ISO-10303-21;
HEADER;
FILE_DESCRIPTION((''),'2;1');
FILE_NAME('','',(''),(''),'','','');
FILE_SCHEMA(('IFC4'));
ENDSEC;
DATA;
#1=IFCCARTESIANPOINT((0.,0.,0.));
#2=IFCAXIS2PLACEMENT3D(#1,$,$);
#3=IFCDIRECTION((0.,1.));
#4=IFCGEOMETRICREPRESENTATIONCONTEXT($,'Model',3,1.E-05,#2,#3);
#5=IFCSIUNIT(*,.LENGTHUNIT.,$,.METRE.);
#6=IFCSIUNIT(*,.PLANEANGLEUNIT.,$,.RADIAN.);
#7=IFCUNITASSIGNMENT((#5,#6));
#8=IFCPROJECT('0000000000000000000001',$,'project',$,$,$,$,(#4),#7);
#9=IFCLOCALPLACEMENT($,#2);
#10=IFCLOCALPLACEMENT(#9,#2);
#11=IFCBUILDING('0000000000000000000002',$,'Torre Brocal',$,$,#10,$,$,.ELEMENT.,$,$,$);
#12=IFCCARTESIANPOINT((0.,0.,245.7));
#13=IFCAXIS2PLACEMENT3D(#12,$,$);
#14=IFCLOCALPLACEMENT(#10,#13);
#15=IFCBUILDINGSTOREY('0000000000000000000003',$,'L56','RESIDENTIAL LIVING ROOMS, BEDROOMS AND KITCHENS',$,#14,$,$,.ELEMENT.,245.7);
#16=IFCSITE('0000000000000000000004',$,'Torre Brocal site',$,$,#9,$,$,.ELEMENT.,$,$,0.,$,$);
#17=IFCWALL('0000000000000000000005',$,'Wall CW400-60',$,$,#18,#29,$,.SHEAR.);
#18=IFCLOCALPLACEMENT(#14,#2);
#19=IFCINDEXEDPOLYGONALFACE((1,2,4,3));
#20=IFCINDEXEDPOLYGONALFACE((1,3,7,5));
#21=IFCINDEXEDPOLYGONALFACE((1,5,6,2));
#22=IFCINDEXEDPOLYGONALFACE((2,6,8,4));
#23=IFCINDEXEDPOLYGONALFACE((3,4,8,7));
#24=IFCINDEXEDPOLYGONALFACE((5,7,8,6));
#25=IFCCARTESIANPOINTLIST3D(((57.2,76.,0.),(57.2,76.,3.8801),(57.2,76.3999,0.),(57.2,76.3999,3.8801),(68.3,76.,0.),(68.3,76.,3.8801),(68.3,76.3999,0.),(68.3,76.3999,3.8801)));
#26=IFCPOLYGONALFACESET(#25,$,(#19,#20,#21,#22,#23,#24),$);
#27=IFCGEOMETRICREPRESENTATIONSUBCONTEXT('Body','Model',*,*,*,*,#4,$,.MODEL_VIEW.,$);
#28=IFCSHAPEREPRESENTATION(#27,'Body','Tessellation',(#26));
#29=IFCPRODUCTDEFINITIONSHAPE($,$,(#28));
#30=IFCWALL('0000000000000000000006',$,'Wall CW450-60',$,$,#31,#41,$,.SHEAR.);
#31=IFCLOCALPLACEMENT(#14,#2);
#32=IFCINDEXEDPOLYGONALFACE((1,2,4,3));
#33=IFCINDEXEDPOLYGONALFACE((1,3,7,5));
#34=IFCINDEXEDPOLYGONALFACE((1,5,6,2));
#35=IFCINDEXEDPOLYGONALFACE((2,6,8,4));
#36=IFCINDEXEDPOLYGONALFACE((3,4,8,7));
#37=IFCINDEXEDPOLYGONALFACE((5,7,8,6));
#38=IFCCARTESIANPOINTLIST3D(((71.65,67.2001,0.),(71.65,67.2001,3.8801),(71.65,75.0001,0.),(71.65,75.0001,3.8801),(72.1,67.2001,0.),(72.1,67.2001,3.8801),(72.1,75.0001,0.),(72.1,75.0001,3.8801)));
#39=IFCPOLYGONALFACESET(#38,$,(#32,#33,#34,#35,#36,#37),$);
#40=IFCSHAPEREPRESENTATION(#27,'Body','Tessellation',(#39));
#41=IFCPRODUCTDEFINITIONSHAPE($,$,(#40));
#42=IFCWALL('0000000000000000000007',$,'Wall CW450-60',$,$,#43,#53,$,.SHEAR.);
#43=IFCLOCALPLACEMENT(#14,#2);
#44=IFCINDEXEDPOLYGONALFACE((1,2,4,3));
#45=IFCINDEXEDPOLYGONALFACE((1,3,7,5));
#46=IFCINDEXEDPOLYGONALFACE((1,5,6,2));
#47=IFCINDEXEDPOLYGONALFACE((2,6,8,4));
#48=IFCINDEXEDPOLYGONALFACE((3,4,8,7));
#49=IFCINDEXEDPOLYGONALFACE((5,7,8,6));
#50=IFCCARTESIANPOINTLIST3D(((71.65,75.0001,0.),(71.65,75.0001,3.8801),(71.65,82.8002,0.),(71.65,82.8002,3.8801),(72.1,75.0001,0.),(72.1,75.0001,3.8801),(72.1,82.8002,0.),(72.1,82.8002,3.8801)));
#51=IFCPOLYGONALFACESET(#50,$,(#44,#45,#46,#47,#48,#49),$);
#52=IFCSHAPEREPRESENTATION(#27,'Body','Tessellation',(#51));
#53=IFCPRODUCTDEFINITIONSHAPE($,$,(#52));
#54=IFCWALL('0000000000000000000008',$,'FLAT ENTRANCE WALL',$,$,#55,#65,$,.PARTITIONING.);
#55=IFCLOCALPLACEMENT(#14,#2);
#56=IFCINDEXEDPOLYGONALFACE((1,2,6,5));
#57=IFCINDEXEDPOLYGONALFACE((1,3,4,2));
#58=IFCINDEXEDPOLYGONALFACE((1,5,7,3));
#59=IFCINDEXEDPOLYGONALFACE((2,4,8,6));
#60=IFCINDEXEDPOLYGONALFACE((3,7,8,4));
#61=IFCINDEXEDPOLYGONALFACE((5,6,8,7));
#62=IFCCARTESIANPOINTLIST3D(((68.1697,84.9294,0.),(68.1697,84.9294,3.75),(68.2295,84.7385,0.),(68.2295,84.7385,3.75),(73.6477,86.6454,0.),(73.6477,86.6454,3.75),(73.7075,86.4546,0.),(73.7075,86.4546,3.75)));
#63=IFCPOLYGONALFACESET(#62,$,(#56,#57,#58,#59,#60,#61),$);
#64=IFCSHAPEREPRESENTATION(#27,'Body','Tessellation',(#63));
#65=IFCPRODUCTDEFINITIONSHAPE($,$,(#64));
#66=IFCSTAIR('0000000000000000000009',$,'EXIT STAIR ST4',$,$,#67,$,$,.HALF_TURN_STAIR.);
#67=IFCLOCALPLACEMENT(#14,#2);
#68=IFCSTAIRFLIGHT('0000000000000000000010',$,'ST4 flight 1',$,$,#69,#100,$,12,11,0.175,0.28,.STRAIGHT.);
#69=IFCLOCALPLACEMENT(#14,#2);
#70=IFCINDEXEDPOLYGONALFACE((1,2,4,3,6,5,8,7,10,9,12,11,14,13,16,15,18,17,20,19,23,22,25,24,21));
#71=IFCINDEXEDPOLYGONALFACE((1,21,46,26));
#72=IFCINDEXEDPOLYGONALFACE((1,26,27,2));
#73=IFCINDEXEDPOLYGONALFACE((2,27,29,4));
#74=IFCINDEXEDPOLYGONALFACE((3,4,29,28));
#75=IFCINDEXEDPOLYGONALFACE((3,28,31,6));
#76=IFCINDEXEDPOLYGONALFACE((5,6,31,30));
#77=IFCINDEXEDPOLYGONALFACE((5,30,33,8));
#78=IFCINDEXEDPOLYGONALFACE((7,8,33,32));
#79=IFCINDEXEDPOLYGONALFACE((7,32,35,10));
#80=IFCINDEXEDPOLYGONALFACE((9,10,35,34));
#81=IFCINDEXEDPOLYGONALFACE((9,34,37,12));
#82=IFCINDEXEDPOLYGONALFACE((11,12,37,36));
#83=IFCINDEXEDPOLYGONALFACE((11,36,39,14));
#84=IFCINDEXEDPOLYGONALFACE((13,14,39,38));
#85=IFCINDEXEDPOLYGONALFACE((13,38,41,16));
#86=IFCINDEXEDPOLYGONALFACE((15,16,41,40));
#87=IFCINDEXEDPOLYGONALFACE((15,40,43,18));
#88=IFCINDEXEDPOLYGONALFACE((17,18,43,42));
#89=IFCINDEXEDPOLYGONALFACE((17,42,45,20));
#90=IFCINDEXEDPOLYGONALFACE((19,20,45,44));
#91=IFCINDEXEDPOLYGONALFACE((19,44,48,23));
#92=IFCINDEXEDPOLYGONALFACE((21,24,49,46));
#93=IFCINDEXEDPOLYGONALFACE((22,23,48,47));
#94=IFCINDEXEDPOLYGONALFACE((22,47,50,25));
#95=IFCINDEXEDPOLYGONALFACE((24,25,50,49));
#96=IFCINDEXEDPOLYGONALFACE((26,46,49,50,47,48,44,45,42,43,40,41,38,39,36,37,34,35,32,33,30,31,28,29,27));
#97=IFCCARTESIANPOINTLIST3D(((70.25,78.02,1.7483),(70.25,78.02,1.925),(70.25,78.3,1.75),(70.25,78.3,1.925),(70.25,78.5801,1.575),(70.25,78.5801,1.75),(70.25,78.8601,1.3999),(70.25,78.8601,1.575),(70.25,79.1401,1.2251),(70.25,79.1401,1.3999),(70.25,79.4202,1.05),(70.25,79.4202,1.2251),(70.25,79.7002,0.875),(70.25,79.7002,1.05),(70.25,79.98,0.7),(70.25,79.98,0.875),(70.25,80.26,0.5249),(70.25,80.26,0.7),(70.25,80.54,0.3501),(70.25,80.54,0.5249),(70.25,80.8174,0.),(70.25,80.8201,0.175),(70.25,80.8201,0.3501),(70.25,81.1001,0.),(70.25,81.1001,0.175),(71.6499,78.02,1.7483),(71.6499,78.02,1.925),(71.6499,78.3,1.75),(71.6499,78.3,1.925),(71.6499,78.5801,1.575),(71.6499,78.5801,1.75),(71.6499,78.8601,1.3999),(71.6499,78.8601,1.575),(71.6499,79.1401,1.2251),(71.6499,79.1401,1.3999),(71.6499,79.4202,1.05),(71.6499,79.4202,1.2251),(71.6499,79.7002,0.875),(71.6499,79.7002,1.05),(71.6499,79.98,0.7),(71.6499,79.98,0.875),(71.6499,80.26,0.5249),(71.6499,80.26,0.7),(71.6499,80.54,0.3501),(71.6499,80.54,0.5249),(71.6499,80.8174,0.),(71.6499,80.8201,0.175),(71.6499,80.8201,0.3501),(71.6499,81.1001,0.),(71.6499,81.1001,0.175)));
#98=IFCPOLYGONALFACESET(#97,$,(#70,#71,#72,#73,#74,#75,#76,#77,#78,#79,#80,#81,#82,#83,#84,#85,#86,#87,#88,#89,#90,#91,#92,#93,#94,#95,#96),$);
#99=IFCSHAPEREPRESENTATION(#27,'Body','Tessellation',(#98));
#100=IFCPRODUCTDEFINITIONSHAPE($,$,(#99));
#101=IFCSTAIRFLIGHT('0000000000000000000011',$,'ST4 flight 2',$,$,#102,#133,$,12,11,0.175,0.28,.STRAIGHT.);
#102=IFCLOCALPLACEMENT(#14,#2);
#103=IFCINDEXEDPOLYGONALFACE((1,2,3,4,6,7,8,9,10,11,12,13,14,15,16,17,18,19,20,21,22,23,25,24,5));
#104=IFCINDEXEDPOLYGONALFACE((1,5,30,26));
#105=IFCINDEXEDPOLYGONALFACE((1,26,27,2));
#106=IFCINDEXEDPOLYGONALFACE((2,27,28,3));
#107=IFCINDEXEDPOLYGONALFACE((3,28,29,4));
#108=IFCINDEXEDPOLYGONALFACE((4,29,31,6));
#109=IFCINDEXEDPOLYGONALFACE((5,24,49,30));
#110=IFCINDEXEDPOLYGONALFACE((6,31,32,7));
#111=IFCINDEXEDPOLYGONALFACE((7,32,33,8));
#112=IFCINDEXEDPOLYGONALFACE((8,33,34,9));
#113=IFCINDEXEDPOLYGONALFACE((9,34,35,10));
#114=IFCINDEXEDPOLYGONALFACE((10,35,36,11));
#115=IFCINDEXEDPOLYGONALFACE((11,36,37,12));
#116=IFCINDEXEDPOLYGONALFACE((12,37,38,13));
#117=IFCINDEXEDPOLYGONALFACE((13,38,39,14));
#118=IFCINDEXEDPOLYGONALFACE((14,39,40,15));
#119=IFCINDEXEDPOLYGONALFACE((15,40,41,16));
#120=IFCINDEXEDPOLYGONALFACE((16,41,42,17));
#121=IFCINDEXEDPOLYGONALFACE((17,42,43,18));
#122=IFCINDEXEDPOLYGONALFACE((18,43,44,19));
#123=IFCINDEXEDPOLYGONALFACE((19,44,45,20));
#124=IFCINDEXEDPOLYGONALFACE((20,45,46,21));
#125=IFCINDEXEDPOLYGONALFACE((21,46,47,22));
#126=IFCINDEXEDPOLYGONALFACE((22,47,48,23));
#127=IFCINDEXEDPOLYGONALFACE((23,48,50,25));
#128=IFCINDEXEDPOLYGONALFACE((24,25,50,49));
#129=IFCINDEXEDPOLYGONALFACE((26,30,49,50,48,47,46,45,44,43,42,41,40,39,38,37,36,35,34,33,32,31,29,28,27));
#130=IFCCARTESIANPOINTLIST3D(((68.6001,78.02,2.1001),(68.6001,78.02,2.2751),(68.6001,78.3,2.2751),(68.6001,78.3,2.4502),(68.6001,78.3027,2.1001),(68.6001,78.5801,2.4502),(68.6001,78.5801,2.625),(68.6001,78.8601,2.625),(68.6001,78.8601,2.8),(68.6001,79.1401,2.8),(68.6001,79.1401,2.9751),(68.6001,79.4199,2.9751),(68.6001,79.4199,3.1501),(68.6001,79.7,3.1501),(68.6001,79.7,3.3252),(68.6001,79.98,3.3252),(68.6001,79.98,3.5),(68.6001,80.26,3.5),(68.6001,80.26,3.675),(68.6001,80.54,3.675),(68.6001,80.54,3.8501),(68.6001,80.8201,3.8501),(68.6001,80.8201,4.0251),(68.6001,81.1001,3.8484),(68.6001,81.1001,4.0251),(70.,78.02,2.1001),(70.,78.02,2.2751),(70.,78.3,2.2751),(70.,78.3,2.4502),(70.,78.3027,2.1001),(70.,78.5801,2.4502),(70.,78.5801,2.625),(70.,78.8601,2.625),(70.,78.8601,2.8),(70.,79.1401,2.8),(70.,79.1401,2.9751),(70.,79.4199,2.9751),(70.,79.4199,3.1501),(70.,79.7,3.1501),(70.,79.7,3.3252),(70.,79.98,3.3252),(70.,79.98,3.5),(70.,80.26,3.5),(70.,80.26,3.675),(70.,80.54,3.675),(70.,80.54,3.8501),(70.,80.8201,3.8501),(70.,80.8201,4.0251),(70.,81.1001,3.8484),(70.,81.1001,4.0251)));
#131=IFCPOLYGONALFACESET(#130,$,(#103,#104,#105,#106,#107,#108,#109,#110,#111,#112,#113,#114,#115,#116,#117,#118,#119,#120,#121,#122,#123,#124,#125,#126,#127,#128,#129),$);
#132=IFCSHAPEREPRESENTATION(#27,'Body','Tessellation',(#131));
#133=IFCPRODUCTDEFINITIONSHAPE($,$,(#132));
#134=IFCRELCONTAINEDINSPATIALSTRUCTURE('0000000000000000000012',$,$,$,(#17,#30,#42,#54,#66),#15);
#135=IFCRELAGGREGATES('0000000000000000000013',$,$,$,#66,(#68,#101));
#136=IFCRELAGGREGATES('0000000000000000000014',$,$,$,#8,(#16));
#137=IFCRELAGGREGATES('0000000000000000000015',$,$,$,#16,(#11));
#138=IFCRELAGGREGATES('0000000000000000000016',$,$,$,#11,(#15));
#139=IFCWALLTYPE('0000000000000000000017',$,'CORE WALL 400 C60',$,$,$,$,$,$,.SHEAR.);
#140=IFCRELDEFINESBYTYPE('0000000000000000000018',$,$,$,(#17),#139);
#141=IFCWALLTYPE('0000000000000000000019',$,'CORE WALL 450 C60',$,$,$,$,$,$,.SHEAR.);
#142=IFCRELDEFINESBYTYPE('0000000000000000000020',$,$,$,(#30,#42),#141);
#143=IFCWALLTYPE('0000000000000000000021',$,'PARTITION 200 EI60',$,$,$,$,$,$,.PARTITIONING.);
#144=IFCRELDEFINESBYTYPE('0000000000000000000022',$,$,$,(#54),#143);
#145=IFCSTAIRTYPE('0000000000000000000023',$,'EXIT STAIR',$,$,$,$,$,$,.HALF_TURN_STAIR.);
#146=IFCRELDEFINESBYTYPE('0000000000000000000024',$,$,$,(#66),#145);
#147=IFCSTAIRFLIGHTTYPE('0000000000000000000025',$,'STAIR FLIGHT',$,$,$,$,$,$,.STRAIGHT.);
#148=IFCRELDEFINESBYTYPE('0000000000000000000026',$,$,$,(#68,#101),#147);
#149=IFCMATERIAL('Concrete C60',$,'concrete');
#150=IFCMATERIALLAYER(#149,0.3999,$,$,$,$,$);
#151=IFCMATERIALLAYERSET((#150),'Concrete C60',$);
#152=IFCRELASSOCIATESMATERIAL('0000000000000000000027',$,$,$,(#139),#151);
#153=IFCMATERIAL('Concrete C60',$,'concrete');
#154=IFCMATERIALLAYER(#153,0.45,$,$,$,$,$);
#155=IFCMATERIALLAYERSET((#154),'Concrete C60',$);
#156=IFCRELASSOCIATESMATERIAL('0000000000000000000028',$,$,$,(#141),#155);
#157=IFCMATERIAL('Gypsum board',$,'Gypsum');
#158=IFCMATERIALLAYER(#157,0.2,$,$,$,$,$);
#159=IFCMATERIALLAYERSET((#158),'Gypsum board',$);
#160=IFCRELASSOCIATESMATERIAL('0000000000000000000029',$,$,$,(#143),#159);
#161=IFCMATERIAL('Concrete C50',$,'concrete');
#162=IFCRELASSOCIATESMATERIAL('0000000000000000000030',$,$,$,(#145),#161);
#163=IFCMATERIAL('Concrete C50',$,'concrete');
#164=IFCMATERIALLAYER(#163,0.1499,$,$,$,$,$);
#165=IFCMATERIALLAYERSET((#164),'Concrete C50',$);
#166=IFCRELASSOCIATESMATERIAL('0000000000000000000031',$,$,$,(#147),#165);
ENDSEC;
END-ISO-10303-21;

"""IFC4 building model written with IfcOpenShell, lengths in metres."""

from ifc_helpers import new_model, si_unit, direction, frame, frame_2d, origin, place, context, subcontext, project, spatial, polyline, rectangle, outline, extrude, material, layer, layer_set, type_object, element, aggregate, save


model = new_model("IFC4")

# Units and contexts
model_context = context("Model", 3, precision=1e-05, world=origin(), true_north=direction((0.0, 1.0)))
body_context = subcontext(model_context, "Body", "Model", "MODEL_VIEW")
ifc_project = project(units=[si_unit("LENGTHUNIT", "METRE"), si_unit("PLANEANGLEUNIT", "RADIAN")], contexts=[model_context])

# Site, building, storey
site_placement = place(None, origin())
site = spatial("IfcSite", under=ifc_project, at=site_placement, Name="Torre Brocal site", CompositionType="ELEMENT", RefElevation=0.0)
building_placement = place(site_placement, origin())
building = spatial("IfcBuilding", under=site, at=building_placement, Name="Torre Brocal", CompositionType="ELEMENT")
storey_placement = place(building_placement, frame((0.0, 0.0, 245.7)))
storey = spatial("IfcBuildingStorey", under=building, at=storey_placement, Name="L56", Description="RESIDENTIAL LIVING ROOMS, BEDROOMS AND KITCHENS", CompositionType="ELEMENT", Elevation=245.7)

# Walls
ifc_material_1 = material(Name="Concrete C60", Category="concrete")
ifc_layer_1 = layer(ifc_material_1, 0.3999)
ifc_layer_set_1 = layer_set([ifc_layer_1], Name="Concrete C60")
wall_type_1 = type_object("IfcWallType", Name="CORE WALL 400 C60", PredefinedType="SHEAR", material=ifc_layer_set_1)
wall_1_placement = place(storey_placement, frame((68.3, 76.2, 0.0), z_axis=(0.0, 0.0, 1.0), x_axis=(-1.0, 0.0, 0.0)))
element("IfcWall", 1, at=wall_1_placement, inside=storey, type_object=wall_type_1, Name="Wall CW400-60", PredefinedType="SHEAR", context=body_context, shape_type="SweptSolid", body=[
    extrude(rectangle(XDim=11.1001, YDim=0.3999, at=frame_2d((5.55, 0.0))), origin(), (0.0, 0.0, 1.0), 3.8801),
])
ifc_material_2 = material(Name="Concrete C60", Category="concrete")
ifc_layer_2 = layer(ifc_material_2, 0.45)
ifc_layer_set_2 = layer_set([ifc_layer_2], Name="Concrete C60")
wall_type_2 = type_object("IfcWallType", Name="CORE WALL 450 C60", PredefinedType="SHEAR", material=ifc_layer_set_2)
for number, where, z_axis, x_axis, name in (
    (2, (71.875, 75.0, 0.0), (0.0, 0.0, 1.0), (0.0, -1.0, 0.0), "Wall CW450-60"),
    (3, (71.875, 82.8, 0.0), (0.0, 0.0, 1.0), (0.0, -1.0, 0.0), "Wall CW450-60"),
):
    element("IfcWall", number, at=place(storey_placement, frame(where, z_axis=z_axis, x_axis=x_axis)), inside=storey, type_object=wall_type_2, Name=name, PredefinedType="SHEAR", context=body_context, shape_type="SweptSolid", body=[
        extrude(rectangle(XDim=7.8, YDim=0.45, at=frame_2d((3.8999, 0.0))), origin(), (0.0, 0.0, 1.0), 3.8801),
    ])
ifc_material_3 = material(Name="Gypsum board", Category="Gypsum")
ifc_layer_3 = layer(ifc_material_3, 0.2)
ifc_layer_set_3 = layer_set([ifc_layer_3], Name="Gypsum board")
wall_type_3 = type_object("IfcWallType", Name="PARTITION 200 EI60", PredefinedType="PARTITIONING", material=ifc_layer_set_3)
wall_2_placement = place(storey_placement, frame((68.1997, 84.834, 0.0), z_axis=(0.0, 0.0, 1.0), x_axis=(0.954272, 0.298938, 0.0)))
element("IfcWall", 4, at=wall_2_placement, inside=storey, type_object=wall_type_3, Name="FLAT ENTRANCE WALL", PredefinedType="PARTITIONING", context=body_context, shape_type="SweptSolid", body=[
    extrude(rectangle(XDim=5.7405, YDim=0.2, at=frame_2d((2.8701, 0.0))), origin(), (0.0, 0.0, 1.0), 3.75),
])

# Stair, stair flights
ifc_material_4 = material(Name="Concrete C50", Category="concrete")
stair_type = type_object("IfcStairType", Name="EXIT STAIR", PredefinedType="HALF_TURN_STAIR", material=ifc_material_4)
stair_placement = place(storey_placement, origin())
stair = element("IfcStair", 5, at=stair_placement, inside=storey, type_object=stair_type, Name="EXIT STAIR ST4", PredefinedType="HALF_TURN_STAIR")
ifc_material_5 = material(Name="Concrete C50", Category="concrete")
ifc_layer_4 = layer(ifc_material_5, 0.1499)
ifc_layer_set_4 = layer_set([ifc_layer_4], Name="Concrete C50")
stair_flight_type = type_object("IfcStairFlightType", Name="STAIR FLIGHT", PredefinedType="STRAIGHT", material=ifc_layer_set_4)
stair_flight_1_placement = place(storey_placement, frame((70.95, 81.1001, 0.0), z_axis=(0.0, 0.0, 1.0), x_axis=(0.0, -1.0, 0.0)))
stair_flight_1 = element("IfcStairFlight", 6, at=stair_flight_1_placement, type_object=stair_flight_type, Name="ST4 flight 1", NumberOfRisers=12, NumberOfTreads=11, PredefinedType="STRAIGHT", RiserHeight=0.175, TreadLength=0.28, context=body_context, shape_type="SweptSolid", body=[
    extrude(outline(polyline([(0.0, 0.0), (0.0, 0.175), (0.28, 0.175), (0.28, 0.3501), (0.5601, 0.3501), (0.5601, 0.5249), (0.8401, 0.5249), (0.8401, 0.7), (1.1201, 0.7), (1.1201, 0.875), (1.3999, 0.875), (1.3999, 1.05), (1.6799, 1.05), (1.6799, 1.2251), (1.96, 1.2251), (1.96, 1.3999), (2.24, 1.3999), (2.24, 1.575), (2.52, 1.575), (2.52, 1.75), (2.8, 1.75), (2.8, 1.925), (3.0801, 1.925), (3.0801, 2.1001), (3.0801, 1.7483), (0.2827, 0.0), (0.0, 0.0)])), frame((0.0, 0.7, 0.0), z_axis=(0.0, -1.0, 0.0), x_axis=(1.0, 0.0, 0.0)), (0.0, 0.0, 1.0), 1.3999),
])
stair_flight_2_placement = place(storey_placement, frame((69.3, 78.02, 2.1001), z_axis=(0.0, 0.0, 1.0), x_axis=(0.0, 1.0, 0.0)))
stair_flight_2 = element("IfcStairFlight", 7, at=stair_flight_2_placement, type_object=stair_flight_type, Name="ST4 flight 2", NumberOfRisers=12, NumberOfTreads=11, PredefinedType="STRAIGHT", RiserHeight=0.175, TreadLength=0.28, context=body_context, shape_type="SweptSolid", body=[
    extrude(outline(polyline([(0.0, 0.0), (0.0, 0.175), (0.28, 0.175), (0.28, 0.3501), (0.5601, 0.3501), (0.5601, 0.5249), (0.8401, 0.5249), (0.8401, 0.7), (1.1201, 0.7), (1.1201, 0.875), (1.3999, 0.875), (1.3999, 1.05), (1.6799, 1.05), (1.6799, 1.2251), (1.96, 1.2251), (1.96, 1.3999), (2.24, 1.3999), (2.24, 1.575), (2.52, 1.575), (2.52, 1.75), (2.8, 1.75), (2.8, 1.925), (3.0801, 1.925), (3.0801, 2.1001), (3.0801, 1.7483), (0.2827, 0.0), (0.0, 0.0)])), frame((0.0, 0.7, 0.0), z_axis=(0.0, -1.0, 0.0), x_axis=(1.0, 0.0, 0.0)), (0.0, 0.0, 1.0), 1.3999),
])
aggregate(stair, [stair_flight_1, stair_flight_2])

save(model, "model.ifc")
